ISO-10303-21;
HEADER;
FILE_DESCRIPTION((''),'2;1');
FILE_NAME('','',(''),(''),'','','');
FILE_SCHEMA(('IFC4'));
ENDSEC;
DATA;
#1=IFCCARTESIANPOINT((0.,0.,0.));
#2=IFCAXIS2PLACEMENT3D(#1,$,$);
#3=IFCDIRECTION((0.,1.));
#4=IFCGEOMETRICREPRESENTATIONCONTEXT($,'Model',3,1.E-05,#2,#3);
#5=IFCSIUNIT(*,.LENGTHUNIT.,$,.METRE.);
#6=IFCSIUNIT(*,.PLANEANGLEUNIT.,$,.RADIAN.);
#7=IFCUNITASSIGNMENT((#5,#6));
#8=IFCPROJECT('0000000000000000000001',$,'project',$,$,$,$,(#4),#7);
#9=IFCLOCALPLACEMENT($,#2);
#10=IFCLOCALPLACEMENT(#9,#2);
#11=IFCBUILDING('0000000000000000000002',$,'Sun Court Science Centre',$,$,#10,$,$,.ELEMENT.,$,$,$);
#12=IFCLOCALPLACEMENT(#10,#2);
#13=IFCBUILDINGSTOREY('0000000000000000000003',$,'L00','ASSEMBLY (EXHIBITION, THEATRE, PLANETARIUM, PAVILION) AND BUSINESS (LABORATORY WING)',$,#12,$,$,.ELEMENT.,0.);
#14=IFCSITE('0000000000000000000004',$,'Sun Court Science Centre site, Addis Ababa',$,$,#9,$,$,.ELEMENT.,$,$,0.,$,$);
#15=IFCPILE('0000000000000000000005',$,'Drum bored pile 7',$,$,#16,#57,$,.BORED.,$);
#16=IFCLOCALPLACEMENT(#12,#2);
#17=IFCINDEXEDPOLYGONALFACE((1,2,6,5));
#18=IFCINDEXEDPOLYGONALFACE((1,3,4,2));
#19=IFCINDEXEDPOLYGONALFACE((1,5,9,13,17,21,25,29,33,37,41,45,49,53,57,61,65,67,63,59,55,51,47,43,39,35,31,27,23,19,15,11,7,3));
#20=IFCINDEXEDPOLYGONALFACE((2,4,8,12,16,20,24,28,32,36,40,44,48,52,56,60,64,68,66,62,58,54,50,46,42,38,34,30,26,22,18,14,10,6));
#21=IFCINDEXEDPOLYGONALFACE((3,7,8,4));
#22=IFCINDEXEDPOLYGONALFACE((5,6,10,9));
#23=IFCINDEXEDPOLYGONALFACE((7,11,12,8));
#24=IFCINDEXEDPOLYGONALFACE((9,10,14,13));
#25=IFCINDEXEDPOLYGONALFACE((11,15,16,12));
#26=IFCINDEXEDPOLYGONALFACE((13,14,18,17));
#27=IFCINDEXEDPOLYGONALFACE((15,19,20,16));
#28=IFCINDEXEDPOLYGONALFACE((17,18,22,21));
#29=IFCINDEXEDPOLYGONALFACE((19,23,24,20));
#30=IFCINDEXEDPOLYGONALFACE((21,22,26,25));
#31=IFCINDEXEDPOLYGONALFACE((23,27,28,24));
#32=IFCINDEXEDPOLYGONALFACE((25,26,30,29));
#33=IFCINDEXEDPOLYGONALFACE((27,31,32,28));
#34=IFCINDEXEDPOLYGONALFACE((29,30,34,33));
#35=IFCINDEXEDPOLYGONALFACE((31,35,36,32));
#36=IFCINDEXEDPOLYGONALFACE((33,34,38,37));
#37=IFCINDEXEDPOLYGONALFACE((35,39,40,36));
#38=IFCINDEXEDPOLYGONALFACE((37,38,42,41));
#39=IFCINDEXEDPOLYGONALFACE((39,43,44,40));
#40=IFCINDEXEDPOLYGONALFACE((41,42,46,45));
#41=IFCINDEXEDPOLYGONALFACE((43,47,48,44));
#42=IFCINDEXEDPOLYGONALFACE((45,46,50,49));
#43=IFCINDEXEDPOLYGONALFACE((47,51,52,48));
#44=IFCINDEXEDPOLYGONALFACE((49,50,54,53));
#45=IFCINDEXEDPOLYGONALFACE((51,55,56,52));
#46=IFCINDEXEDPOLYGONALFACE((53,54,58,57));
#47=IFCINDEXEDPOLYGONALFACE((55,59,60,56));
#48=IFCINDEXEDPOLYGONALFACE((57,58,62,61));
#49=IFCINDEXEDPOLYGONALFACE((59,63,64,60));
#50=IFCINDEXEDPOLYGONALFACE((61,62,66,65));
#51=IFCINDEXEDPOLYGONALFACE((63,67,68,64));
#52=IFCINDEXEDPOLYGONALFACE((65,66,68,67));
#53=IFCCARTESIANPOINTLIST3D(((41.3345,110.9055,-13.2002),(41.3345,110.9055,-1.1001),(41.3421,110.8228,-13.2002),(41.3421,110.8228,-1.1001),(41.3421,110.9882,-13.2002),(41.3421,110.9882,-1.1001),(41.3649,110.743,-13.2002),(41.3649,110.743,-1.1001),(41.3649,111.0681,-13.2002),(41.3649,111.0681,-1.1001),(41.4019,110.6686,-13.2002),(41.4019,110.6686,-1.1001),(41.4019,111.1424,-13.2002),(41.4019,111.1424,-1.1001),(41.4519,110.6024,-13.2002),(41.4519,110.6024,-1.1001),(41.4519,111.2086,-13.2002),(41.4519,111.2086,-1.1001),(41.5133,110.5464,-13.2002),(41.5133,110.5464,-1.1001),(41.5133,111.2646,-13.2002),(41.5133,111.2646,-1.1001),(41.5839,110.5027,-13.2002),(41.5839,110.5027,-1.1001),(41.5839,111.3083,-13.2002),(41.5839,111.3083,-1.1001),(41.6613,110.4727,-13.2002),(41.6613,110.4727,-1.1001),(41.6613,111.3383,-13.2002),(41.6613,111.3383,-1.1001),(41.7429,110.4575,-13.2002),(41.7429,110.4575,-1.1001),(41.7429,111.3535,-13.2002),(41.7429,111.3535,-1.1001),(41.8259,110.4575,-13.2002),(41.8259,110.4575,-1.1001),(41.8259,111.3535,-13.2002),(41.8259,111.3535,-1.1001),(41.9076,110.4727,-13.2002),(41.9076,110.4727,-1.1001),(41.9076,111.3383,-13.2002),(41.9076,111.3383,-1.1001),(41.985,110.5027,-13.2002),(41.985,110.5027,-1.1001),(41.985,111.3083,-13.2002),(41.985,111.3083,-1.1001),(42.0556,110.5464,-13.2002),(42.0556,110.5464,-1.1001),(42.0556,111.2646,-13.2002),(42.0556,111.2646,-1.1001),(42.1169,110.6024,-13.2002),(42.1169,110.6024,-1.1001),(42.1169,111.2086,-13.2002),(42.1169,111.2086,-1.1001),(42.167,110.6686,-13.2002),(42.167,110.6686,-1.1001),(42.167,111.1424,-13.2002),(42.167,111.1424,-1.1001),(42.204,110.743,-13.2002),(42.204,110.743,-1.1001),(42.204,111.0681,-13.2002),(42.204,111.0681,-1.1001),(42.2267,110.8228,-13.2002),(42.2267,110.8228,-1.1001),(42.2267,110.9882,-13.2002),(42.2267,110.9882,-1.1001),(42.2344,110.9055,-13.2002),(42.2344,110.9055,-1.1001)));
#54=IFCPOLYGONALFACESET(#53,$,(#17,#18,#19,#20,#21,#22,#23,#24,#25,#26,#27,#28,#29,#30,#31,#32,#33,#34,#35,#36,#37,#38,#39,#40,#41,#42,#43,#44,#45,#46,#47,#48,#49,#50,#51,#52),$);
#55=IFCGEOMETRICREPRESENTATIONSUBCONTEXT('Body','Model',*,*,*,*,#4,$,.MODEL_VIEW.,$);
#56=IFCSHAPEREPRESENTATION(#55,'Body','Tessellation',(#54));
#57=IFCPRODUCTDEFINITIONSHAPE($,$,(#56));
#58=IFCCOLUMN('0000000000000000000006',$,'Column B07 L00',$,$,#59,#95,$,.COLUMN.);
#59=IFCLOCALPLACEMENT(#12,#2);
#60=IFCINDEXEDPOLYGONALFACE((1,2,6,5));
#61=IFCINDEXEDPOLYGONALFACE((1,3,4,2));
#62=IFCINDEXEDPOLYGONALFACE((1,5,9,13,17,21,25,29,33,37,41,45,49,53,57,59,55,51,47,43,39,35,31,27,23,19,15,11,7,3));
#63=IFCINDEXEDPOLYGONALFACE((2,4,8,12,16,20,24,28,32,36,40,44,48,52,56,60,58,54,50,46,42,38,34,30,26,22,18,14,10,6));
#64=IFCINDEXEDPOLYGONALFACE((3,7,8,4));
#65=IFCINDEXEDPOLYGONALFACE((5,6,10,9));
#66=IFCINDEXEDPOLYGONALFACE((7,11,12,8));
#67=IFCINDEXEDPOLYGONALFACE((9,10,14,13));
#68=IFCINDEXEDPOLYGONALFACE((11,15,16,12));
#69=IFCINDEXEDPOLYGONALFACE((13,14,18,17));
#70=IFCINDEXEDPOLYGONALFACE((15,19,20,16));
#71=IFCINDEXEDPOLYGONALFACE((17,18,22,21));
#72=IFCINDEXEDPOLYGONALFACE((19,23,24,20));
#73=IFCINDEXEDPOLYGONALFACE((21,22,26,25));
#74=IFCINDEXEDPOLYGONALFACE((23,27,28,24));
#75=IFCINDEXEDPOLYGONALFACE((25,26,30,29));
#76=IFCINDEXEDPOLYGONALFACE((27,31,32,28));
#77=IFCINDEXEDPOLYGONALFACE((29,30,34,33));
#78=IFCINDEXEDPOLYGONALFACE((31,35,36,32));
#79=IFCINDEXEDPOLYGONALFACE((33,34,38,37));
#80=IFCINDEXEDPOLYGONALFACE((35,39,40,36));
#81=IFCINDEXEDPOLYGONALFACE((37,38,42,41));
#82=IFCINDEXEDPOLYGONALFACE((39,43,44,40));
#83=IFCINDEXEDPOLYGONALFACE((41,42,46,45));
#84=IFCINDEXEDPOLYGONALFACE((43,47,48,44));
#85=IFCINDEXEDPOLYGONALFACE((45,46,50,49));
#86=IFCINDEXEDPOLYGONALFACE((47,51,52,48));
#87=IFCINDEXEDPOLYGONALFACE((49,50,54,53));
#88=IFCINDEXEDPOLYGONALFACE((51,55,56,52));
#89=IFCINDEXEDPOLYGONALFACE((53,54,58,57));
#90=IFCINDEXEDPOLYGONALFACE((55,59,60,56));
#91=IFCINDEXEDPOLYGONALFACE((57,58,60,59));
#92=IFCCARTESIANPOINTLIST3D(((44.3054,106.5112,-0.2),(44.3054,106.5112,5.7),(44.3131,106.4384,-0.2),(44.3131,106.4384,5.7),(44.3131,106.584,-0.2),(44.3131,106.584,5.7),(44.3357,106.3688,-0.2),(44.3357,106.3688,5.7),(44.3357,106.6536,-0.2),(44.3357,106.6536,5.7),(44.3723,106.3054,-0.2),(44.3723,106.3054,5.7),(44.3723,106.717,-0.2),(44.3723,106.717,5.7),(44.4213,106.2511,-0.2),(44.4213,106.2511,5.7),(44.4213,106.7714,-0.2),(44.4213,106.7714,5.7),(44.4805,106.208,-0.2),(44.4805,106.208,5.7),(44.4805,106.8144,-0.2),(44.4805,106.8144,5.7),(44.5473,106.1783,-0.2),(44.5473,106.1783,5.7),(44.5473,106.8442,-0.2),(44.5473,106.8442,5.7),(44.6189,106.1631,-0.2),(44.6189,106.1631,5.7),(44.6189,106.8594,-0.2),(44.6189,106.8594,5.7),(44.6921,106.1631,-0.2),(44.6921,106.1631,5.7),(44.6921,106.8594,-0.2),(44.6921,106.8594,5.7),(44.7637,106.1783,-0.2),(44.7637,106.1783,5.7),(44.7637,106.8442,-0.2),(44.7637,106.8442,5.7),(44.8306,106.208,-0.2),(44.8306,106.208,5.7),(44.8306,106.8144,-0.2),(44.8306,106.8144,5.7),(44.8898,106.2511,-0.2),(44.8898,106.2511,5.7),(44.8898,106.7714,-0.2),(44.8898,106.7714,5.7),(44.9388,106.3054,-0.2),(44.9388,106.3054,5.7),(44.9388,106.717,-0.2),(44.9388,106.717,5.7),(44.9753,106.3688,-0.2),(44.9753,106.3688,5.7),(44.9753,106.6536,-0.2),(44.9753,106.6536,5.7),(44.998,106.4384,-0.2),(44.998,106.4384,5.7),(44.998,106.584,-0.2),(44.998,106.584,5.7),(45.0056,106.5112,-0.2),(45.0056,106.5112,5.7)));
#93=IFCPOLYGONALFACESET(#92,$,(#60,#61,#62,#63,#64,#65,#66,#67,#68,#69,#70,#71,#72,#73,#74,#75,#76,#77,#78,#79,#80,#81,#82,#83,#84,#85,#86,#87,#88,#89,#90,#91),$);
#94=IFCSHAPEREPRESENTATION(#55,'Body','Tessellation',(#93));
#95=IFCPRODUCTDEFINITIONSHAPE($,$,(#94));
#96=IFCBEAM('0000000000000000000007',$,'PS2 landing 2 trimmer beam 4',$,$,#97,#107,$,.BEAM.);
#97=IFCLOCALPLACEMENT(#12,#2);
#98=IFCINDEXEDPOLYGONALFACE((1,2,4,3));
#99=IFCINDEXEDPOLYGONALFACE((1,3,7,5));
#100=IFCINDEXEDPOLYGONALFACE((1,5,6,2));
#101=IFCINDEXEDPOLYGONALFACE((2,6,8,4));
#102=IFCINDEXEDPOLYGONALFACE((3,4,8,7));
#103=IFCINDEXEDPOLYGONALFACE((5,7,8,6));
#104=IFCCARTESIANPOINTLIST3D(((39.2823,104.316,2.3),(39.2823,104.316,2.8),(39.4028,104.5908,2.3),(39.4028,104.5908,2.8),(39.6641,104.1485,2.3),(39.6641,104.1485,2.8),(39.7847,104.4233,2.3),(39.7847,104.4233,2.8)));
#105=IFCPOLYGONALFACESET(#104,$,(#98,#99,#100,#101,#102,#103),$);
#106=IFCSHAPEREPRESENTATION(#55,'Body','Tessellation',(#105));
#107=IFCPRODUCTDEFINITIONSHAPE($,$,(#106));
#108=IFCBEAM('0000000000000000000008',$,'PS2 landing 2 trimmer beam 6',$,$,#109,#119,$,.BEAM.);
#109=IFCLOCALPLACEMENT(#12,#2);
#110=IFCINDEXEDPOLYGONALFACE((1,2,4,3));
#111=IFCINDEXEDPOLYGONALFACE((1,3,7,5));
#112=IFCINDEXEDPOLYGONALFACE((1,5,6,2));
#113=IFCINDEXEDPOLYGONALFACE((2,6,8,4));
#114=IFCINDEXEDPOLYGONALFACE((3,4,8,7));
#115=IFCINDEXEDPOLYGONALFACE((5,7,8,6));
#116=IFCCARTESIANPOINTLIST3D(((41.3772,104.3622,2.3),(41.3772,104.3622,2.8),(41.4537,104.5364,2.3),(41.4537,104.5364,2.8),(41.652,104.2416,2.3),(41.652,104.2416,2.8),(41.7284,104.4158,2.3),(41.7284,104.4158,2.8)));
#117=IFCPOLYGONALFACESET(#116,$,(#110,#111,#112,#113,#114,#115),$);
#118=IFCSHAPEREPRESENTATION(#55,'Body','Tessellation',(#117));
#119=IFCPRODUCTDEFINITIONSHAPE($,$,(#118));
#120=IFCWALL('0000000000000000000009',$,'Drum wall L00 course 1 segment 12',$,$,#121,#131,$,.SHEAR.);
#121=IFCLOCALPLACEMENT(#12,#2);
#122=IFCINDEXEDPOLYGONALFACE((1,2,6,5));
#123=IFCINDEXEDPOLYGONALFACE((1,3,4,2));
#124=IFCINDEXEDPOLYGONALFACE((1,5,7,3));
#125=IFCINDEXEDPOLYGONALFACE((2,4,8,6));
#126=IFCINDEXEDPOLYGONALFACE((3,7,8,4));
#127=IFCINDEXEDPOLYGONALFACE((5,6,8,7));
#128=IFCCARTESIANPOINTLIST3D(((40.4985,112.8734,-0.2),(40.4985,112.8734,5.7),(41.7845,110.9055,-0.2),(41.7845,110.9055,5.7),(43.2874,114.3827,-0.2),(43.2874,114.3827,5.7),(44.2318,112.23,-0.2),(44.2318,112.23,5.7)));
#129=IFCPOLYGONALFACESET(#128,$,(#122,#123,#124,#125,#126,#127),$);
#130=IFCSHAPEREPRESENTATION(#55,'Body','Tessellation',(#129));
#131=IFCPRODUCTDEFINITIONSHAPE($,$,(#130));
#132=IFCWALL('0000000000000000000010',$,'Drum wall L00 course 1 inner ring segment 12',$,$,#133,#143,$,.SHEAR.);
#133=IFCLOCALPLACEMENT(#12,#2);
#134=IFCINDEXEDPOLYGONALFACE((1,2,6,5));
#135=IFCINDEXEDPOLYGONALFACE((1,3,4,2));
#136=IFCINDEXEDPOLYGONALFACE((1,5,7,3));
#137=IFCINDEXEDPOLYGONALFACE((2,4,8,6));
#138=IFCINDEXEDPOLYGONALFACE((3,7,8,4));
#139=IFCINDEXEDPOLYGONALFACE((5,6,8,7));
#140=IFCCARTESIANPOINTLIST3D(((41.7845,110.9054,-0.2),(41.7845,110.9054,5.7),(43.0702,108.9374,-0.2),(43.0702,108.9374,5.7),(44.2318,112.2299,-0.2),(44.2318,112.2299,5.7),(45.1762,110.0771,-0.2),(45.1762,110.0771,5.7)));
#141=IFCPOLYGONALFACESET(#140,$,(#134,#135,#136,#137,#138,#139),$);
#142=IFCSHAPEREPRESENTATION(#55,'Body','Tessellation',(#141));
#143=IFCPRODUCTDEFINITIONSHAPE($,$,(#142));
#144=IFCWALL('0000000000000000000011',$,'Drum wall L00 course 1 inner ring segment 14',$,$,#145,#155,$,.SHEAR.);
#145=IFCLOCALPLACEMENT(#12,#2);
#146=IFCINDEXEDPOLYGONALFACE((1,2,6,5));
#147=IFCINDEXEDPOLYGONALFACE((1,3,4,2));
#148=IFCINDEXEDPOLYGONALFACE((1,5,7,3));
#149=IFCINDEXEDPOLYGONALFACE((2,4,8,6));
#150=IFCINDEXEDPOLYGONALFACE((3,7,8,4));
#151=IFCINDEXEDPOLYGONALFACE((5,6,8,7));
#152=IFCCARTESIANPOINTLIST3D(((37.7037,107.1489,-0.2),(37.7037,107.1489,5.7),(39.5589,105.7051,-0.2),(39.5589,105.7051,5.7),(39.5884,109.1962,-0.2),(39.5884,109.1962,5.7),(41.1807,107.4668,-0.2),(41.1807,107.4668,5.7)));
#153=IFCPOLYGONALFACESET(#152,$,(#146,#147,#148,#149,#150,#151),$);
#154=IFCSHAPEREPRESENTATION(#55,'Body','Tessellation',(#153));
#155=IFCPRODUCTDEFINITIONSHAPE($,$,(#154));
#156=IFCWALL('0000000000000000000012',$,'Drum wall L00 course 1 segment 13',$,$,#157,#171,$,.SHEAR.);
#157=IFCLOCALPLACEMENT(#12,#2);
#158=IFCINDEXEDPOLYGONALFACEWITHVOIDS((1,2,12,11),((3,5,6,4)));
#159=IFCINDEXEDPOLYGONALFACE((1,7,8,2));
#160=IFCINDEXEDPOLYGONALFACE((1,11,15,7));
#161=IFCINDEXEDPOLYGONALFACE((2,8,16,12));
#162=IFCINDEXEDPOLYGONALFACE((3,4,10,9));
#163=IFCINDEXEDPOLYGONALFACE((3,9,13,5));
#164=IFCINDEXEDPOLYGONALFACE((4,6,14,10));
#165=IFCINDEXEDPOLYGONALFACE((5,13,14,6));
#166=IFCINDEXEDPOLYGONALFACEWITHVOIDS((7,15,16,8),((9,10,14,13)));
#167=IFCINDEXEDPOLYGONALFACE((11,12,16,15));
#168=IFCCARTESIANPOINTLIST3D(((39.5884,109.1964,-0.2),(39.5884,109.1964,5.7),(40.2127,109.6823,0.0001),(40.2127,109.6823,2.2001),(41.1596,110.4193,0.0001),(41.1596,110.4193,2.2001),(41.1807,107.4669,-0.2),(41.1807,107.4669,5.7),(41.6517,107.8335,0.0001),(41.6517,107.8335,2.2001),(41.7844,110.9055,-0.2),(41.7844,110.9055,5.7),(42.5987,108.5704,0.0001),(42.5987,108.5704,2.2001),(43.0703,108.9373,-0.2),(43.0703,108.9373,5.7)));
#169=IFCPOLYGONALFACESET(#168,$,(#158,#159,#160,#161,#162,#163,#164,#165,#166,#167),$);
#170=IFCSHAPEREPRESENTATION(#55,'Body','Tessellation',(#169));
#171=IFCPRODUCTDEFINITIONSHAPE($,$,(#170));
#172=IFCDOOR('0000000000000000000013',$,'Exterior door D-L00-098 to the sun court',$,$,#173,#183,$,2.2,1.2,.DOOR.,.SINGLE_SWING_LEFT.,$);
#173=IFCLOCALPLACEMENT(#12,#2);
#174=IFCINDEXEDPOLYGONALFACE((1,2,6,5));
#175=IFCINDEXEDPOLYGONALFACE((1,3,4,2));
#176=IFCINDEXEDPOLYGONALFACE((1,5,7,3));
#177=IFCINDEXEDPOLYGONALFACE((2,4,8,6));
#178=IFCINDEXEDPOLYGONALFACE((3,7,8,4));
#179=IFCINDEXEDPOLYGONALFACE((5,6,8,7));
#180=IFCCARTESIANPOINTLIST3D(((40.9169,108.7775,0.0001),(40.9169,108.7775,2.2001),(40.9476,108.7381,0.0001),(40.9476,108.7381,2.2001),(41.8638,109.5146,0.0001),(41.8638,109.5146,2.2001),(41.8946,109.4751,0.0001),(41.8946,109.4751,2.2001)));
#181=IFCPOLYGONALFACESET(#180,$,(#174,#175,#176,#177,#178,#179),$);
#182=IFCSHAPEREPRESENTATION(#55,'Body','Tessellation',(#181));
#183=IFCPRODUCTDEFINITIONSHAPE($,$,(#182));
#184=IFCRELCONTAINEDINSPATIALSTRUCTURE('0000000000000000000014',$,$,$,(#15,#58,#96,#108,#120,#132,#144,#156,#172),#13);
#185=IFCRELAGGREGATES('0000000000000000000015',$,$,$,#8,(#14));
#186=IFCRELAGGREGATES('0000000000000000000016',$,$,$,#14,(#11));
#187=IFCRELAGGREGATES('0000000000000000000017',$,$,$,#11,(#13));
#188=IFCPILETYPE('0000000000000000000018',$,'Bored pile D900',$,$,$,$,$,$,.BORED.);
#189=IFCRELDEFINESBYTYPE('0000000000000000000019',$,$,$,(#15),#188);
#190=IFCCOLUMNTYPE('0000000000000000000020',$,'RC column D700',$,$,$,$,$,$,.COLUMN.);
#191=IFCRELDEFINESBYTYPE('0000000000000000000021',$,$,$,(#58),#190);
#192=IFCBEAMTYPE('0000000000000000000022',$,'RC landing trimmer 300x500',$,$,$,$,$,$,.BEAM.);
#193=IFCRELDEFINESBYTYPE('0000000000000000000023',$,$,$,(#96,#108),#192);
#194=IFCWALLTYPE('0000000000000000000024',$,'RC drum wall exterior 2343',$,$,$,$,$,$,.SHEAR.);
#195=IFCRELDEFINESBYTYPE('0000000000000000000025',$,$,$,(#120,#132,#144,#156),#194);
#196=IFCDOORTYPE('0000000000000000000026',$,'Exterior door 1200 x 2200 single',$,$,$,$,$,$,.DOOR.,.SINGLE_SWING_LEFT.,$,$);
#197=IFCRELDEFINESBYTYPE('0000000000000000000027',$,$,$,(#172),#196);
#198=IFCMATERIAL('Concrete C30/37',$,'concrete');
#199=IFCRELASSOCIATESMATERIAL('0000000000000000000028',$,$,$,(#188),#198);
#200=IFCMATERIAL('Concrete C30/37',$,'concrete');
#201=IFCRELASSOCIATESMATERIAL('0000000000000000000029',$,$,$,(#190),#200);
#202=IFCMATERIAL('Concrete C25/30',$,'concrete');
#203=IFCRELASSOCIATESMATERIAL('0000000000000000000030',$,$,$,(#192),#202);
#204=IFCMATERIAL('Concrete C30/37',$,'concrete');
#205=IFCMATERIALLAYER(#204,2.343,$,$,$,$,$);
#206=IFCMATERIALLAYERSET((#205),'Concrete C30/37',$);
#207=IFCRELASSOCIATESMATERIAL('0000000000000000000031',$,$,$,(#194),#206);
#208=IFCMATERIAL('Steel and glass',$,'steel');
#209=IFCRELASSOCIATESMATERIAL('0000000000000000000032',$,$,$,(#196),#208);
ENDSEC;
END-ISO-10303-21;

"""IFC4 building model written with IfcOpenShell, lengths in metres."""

from ifc_helpers import new_model, si_unit, direction, frame, frame_2d, origin, origin_2d, place, context, subcontext, project, spatial, polyline, rectangle, circle, outline, extrude, material, layer, layer_set, material_profile, profile_set, type_object, element, fill, save


model = new_model("IFC4")

# Units and contexts
model_context = context("Model", 3, precision=1e-05, world=origin(), true_north=direction((0.0, 1.0)))
body_context = subcontext(model_context, "Body", "Model", "MODEL_VIEW")
ifc_project = project(units=[si_unit("LENGTHUNIT", "METRE"), si_unit("PLANEANGLEUNIT", "RADIAN")], contexts=[model_context])

# Site, building, storey
site_placement = place(None, origin())
site = spatial("IfcSite", under=ifc_project, at=site_placement, Name="Sun Court Science Centre site, Addis Ababa", CompositionType="ELEMENT", RefElevation=0.0)
building_placement = place(site_placement, origin())
building = spatial("IfcBuilding", under=site, at=building_placement, Name="Sun Court Science Centre", CompositionType="ELEMENT")
storey_placement = place(building_placement, origin())
storey = spatial("IfcBuildingStorey", under=building, at=storey_placement, Name="L00", Description="ASSEMBLY (EXHIBITION, THEATRE, PLANETARIUM, PAVILION) AND BUSINESS (LABORATORY WING)", CompositionType="ELEMENT", Elevation=0.0)

# Pile
ifc_material_1 = material(Name="Concrete C30/37", Category="concrete")
ifc_material_profile_1 = material_profile(ifc_material_1, circle(Radius=0.45, at=origin_2d()), Name="RC D900")
ifc_profile_set_1 = profile_set([ifc_material_profile_1], Name="Concrete C30/37")
pile_type = type_object("IfcPileType", Name="Bored pile D900", PredefinedType="BORED", material=ifc_profile_set_1)
pile_placement = place(storey_placement, frame((41.7844, 110.9055, -1.1001), z_axis=(0.0, 0.0, -1.0), x_axis=(1.0, 0.0, 0.0)))
element("IfcPile", 1, at=pile_placement, inside=storey, type_object=pile_type, Name="Drum bored pile 7", PredefinedType="BORED", context=body_context, shape_type="SweptSolid", body=[
    extrude(circle(Radius=0.45, at=origin_2d()), origin(), (0.0, 0.0, 1.0), 12.1001),
])

# Column
ifc_material_2 = material(Name="Concrete C30/37", Category="concrete")
ifc_material_profile_2 = material_profile(ifc_material_2, circle(Radius=0.3501, at=origin_2d()), Name="RC D700")
ifc_profile_set_2 = profile_set([ifc_material_profile_2], Name="Concrete C30/37")
column_type = type_object("IfcColumnType", Name="RC column D700", PredefinedType="COLUMN", material=ifc_profile_set_2)
column_placement = place(storey_placement, frame((44.6555, 106.5112, -0.2), z_axis=(0.0, 0.0, 1.0), x_axis=(1.0, 0.0, 0.0)))
element("IfcColumn", 2, at=column_placement, inside=storey, type_object=column_type, Name="Column B07 L00", PredefinedType="COLUMN", context=body_context, shape_type="SweptSolid", body=[
    extrude(circle(Radius=0.3501, at=origin_2d()), origin(), (0.0, 0.0, 1.0), 5.8999),
])

# Beams
ifc_material_3 = material(Name="Concrete C25/30", Category="concrete")
ifc_material_profile_3 = material_profile(ifc_material_3, rectangle(XDim=0.3, YDim=0.5, at=origin_2d()), Name="RC 300x500")
ifc_profile_set_3 = profile_set([ifc_material_profile_3], Name="Concrete C25/30")
beam_type = type_object("IfcBeamType", Name="RC landing trimmer 300x500", PredefinedType="BEAM", material=ifc_profile_set_3)
beam_1_placement = place(storey_placement, frame((39.3425, 104.4534, 2.55), z_axis=(0.915781, -0.401679, 0.0), x_axis=(0.401679, 0.915781, 0.0)))
element("IfcBeam", 3, at=beam_1_placement, inside=storey, type_object=beam_type, Name="PS2 landing 2 trimmer beam 4", PredefinedType="BEAM", context=body_context, shape_type="SweptSolid", body=[
    extrude(rectangle(XDim=0.3, YDim=0.5, at=origin_2d()), origin(), (0.0, 0.0, 1.0), 0.417),
])
beam_2_placement = place(storey_placement, frame((41.5911, 104.4761, 2.55), z_axis=(-0.401964, -0.915656, 0.0), x_axis=(0.915656, -0.401964, 0.0)))
element("IfcBeam", 4, at=beam_2_placement, inside=storey, type_object=beam_type, Name="PS2 landing 2 trimmer beam 6", PredefinedType="BEAM", context=body_context, shape_type="SweptSolid", body=[
    extrude(rectangle(XDim=0.3, YDim=0.5, at=origin_2d()), origin(), (0.0, 0.0, 1.0), 0.1902),
])

# Walls
ifc_material_4 = material(Name="Concrete C30/37", Category="concrete")
ifc_layer_1 = layer(ifc_material_4, 2.343)
ifc_layer_set_1 = layer_set([ifc_layer_1], Name="Concrete C30/37")
wall_type_1 = type_object("IfcWallType", Name="RC drum wall exterior 2343", PredefinedType="SHEAR", material=ifc_layer_set_1)
wall_1_placement = place(storey_placement, frame((43.845, 113.3525, -0.2), z_axis=(0.0, 0.0, 1.0), x_axis=(-0.879468, -0.475958, 0.0)))
element("IfcWall", 5, at=wall_1_placement, inside=storey, type_object=wall_type_1, Name="Drum wall L00 course 1 segment 12", PredefinedType="SHEAR", context=body_context, shape_type="SweptSolid", body=[
    extrude(outline(polyline([(0.0, -1.1714), (3.1711, -1.1714), (2.9768, 1.1714), (0.1941, 1.1714), (0.0, -1.1714)])), origin(), (0.0, 0.0, 1.0), 5.8999),
])
wall_2_placement = place(storey_placement, frame((44.7893, 111.1997, -0.2), z_axis=(0.0, 0.0, 1.0), x_axis=(-0.879463, -0.475967, 0.0)))
element("IfcWall", 6, at=wall_2_placement, inside=storey, type_object=wall_type_1, Name="Drum wall L00 course 1 inner ring segment 12", PredefinedType="SHEAR", context=body_context, shape_type="SweptSolid", body=[
    extrude(outline(polyline([(0.0, -1.1714), (2.7827, -1.1714), (2.5886, 1.1714), (0.1941, 1.1714), (0.0, -1.1714)])), origin(), (0.0, 0.0, 1.0), 5.8999),
])
wall_3_placement = place(storey_placement, frame((40.4502, 108.4028, -0.2), z_axis=(0.0, 0.0, 1.0), x_axis=(-0.677288, -0.735718, 0.0)))
element("IfcWall", 7, at=wall_3_placement, inside=storey, type_object=wall_type_1, Name="Drum wall L00 course 1 inner ring segment 14", PredefinedType="SHEAR", context=body_context, shape_type="SweptSolid", body=[
    extrude(outline(polyline([(0.0, -1.1714), (2.7827, -1.1714), (2.5884, 1.1714), (0.1938, 1.1714), (0.0, -1.1714)])), origin(), (0.0, 0.0, 1.0), 5.8999),
])

# Wall, opening, door
wall_4_placement = place(storey_placement, frame((40.3079, 108.272, -0.2), z_axis=(0.0, 0.0, 1.0), x_axis=(0.789144, 0.614208, 0.0)))
wall_4 = element("IfcWall", 8, at=wall_4_placement, inside=storey, type_object=wall_type_1, Name="Drum wall L00 course 1 segment 13", PredefinedType="SHEAR", context=body_context, shape_type="SweptSolid", body=[
    extrude(outline(polyline([(2.7827, 1.1714), (0.0, 1.1714), (0.1943, -1.1714), (2.5886, -1.1716), (2.7827, 1.1714)])), origin(), (0.0, 0.0, 1.0), 5.8999),
])
opening_1_placement = place(wall_4_placement, frame((0.791, 0.0, 0.2)))
opening_1 = element("IfcOpeningElement", 9, at=opening_1_placement, cuts=wall_4, PredefinedType="OPENING", context=body_context, shape_type="SweptSolid", body=[
    extrude(rectangle(XDim=1.2, YDim=2.2, at=frame_2d((0.6001, 1.1001))), frame((0.0, 1.1814, 0.0), z_axis=(0.0, -1.0, 0.0), x_axis=(1.0, 0.0, 0.0)), (0.0, 0.0, 1.0), 2.3628),
])
ifc_material_5 = material(Name="Steel and glass", Category="steel")
door_type_1 = type_object("IfcDoorType", Name="Exterior door 1200 x 2200 single", OperationType="SINGLE_SWING_LEFT", PredefinedType="DOOR", material=ifc_material_5)
door_1_placement = place(opening_1_placement, origin())
door_1 = element("IfcDoor", 10, at=door_1_placement, inside=storey, type_object=door_type_1, Name="Exterior door D-L00-098 to the sun court", OperationType="SINGLE_SWING_LEFT", OverallHeight=2.2, OverallWidth=1.2, PredefinedType="DOOR", context=body_context, shape_type="SweptSolid", body=[
    extrude(rectangle(XDim=1.2, YDim=2.2, at=frame_2d((0.6001, 1.1001))), frame((0.0, 0.0249, 0.0), z_axis=(0.0, -1.0, 0.0), x_axis=(1.0, 0.0, 0.0)), (0.0, 0.0, 1.0), 0.05),
])
fill(opening_1, door_1)

save(model, "model.ifc")
